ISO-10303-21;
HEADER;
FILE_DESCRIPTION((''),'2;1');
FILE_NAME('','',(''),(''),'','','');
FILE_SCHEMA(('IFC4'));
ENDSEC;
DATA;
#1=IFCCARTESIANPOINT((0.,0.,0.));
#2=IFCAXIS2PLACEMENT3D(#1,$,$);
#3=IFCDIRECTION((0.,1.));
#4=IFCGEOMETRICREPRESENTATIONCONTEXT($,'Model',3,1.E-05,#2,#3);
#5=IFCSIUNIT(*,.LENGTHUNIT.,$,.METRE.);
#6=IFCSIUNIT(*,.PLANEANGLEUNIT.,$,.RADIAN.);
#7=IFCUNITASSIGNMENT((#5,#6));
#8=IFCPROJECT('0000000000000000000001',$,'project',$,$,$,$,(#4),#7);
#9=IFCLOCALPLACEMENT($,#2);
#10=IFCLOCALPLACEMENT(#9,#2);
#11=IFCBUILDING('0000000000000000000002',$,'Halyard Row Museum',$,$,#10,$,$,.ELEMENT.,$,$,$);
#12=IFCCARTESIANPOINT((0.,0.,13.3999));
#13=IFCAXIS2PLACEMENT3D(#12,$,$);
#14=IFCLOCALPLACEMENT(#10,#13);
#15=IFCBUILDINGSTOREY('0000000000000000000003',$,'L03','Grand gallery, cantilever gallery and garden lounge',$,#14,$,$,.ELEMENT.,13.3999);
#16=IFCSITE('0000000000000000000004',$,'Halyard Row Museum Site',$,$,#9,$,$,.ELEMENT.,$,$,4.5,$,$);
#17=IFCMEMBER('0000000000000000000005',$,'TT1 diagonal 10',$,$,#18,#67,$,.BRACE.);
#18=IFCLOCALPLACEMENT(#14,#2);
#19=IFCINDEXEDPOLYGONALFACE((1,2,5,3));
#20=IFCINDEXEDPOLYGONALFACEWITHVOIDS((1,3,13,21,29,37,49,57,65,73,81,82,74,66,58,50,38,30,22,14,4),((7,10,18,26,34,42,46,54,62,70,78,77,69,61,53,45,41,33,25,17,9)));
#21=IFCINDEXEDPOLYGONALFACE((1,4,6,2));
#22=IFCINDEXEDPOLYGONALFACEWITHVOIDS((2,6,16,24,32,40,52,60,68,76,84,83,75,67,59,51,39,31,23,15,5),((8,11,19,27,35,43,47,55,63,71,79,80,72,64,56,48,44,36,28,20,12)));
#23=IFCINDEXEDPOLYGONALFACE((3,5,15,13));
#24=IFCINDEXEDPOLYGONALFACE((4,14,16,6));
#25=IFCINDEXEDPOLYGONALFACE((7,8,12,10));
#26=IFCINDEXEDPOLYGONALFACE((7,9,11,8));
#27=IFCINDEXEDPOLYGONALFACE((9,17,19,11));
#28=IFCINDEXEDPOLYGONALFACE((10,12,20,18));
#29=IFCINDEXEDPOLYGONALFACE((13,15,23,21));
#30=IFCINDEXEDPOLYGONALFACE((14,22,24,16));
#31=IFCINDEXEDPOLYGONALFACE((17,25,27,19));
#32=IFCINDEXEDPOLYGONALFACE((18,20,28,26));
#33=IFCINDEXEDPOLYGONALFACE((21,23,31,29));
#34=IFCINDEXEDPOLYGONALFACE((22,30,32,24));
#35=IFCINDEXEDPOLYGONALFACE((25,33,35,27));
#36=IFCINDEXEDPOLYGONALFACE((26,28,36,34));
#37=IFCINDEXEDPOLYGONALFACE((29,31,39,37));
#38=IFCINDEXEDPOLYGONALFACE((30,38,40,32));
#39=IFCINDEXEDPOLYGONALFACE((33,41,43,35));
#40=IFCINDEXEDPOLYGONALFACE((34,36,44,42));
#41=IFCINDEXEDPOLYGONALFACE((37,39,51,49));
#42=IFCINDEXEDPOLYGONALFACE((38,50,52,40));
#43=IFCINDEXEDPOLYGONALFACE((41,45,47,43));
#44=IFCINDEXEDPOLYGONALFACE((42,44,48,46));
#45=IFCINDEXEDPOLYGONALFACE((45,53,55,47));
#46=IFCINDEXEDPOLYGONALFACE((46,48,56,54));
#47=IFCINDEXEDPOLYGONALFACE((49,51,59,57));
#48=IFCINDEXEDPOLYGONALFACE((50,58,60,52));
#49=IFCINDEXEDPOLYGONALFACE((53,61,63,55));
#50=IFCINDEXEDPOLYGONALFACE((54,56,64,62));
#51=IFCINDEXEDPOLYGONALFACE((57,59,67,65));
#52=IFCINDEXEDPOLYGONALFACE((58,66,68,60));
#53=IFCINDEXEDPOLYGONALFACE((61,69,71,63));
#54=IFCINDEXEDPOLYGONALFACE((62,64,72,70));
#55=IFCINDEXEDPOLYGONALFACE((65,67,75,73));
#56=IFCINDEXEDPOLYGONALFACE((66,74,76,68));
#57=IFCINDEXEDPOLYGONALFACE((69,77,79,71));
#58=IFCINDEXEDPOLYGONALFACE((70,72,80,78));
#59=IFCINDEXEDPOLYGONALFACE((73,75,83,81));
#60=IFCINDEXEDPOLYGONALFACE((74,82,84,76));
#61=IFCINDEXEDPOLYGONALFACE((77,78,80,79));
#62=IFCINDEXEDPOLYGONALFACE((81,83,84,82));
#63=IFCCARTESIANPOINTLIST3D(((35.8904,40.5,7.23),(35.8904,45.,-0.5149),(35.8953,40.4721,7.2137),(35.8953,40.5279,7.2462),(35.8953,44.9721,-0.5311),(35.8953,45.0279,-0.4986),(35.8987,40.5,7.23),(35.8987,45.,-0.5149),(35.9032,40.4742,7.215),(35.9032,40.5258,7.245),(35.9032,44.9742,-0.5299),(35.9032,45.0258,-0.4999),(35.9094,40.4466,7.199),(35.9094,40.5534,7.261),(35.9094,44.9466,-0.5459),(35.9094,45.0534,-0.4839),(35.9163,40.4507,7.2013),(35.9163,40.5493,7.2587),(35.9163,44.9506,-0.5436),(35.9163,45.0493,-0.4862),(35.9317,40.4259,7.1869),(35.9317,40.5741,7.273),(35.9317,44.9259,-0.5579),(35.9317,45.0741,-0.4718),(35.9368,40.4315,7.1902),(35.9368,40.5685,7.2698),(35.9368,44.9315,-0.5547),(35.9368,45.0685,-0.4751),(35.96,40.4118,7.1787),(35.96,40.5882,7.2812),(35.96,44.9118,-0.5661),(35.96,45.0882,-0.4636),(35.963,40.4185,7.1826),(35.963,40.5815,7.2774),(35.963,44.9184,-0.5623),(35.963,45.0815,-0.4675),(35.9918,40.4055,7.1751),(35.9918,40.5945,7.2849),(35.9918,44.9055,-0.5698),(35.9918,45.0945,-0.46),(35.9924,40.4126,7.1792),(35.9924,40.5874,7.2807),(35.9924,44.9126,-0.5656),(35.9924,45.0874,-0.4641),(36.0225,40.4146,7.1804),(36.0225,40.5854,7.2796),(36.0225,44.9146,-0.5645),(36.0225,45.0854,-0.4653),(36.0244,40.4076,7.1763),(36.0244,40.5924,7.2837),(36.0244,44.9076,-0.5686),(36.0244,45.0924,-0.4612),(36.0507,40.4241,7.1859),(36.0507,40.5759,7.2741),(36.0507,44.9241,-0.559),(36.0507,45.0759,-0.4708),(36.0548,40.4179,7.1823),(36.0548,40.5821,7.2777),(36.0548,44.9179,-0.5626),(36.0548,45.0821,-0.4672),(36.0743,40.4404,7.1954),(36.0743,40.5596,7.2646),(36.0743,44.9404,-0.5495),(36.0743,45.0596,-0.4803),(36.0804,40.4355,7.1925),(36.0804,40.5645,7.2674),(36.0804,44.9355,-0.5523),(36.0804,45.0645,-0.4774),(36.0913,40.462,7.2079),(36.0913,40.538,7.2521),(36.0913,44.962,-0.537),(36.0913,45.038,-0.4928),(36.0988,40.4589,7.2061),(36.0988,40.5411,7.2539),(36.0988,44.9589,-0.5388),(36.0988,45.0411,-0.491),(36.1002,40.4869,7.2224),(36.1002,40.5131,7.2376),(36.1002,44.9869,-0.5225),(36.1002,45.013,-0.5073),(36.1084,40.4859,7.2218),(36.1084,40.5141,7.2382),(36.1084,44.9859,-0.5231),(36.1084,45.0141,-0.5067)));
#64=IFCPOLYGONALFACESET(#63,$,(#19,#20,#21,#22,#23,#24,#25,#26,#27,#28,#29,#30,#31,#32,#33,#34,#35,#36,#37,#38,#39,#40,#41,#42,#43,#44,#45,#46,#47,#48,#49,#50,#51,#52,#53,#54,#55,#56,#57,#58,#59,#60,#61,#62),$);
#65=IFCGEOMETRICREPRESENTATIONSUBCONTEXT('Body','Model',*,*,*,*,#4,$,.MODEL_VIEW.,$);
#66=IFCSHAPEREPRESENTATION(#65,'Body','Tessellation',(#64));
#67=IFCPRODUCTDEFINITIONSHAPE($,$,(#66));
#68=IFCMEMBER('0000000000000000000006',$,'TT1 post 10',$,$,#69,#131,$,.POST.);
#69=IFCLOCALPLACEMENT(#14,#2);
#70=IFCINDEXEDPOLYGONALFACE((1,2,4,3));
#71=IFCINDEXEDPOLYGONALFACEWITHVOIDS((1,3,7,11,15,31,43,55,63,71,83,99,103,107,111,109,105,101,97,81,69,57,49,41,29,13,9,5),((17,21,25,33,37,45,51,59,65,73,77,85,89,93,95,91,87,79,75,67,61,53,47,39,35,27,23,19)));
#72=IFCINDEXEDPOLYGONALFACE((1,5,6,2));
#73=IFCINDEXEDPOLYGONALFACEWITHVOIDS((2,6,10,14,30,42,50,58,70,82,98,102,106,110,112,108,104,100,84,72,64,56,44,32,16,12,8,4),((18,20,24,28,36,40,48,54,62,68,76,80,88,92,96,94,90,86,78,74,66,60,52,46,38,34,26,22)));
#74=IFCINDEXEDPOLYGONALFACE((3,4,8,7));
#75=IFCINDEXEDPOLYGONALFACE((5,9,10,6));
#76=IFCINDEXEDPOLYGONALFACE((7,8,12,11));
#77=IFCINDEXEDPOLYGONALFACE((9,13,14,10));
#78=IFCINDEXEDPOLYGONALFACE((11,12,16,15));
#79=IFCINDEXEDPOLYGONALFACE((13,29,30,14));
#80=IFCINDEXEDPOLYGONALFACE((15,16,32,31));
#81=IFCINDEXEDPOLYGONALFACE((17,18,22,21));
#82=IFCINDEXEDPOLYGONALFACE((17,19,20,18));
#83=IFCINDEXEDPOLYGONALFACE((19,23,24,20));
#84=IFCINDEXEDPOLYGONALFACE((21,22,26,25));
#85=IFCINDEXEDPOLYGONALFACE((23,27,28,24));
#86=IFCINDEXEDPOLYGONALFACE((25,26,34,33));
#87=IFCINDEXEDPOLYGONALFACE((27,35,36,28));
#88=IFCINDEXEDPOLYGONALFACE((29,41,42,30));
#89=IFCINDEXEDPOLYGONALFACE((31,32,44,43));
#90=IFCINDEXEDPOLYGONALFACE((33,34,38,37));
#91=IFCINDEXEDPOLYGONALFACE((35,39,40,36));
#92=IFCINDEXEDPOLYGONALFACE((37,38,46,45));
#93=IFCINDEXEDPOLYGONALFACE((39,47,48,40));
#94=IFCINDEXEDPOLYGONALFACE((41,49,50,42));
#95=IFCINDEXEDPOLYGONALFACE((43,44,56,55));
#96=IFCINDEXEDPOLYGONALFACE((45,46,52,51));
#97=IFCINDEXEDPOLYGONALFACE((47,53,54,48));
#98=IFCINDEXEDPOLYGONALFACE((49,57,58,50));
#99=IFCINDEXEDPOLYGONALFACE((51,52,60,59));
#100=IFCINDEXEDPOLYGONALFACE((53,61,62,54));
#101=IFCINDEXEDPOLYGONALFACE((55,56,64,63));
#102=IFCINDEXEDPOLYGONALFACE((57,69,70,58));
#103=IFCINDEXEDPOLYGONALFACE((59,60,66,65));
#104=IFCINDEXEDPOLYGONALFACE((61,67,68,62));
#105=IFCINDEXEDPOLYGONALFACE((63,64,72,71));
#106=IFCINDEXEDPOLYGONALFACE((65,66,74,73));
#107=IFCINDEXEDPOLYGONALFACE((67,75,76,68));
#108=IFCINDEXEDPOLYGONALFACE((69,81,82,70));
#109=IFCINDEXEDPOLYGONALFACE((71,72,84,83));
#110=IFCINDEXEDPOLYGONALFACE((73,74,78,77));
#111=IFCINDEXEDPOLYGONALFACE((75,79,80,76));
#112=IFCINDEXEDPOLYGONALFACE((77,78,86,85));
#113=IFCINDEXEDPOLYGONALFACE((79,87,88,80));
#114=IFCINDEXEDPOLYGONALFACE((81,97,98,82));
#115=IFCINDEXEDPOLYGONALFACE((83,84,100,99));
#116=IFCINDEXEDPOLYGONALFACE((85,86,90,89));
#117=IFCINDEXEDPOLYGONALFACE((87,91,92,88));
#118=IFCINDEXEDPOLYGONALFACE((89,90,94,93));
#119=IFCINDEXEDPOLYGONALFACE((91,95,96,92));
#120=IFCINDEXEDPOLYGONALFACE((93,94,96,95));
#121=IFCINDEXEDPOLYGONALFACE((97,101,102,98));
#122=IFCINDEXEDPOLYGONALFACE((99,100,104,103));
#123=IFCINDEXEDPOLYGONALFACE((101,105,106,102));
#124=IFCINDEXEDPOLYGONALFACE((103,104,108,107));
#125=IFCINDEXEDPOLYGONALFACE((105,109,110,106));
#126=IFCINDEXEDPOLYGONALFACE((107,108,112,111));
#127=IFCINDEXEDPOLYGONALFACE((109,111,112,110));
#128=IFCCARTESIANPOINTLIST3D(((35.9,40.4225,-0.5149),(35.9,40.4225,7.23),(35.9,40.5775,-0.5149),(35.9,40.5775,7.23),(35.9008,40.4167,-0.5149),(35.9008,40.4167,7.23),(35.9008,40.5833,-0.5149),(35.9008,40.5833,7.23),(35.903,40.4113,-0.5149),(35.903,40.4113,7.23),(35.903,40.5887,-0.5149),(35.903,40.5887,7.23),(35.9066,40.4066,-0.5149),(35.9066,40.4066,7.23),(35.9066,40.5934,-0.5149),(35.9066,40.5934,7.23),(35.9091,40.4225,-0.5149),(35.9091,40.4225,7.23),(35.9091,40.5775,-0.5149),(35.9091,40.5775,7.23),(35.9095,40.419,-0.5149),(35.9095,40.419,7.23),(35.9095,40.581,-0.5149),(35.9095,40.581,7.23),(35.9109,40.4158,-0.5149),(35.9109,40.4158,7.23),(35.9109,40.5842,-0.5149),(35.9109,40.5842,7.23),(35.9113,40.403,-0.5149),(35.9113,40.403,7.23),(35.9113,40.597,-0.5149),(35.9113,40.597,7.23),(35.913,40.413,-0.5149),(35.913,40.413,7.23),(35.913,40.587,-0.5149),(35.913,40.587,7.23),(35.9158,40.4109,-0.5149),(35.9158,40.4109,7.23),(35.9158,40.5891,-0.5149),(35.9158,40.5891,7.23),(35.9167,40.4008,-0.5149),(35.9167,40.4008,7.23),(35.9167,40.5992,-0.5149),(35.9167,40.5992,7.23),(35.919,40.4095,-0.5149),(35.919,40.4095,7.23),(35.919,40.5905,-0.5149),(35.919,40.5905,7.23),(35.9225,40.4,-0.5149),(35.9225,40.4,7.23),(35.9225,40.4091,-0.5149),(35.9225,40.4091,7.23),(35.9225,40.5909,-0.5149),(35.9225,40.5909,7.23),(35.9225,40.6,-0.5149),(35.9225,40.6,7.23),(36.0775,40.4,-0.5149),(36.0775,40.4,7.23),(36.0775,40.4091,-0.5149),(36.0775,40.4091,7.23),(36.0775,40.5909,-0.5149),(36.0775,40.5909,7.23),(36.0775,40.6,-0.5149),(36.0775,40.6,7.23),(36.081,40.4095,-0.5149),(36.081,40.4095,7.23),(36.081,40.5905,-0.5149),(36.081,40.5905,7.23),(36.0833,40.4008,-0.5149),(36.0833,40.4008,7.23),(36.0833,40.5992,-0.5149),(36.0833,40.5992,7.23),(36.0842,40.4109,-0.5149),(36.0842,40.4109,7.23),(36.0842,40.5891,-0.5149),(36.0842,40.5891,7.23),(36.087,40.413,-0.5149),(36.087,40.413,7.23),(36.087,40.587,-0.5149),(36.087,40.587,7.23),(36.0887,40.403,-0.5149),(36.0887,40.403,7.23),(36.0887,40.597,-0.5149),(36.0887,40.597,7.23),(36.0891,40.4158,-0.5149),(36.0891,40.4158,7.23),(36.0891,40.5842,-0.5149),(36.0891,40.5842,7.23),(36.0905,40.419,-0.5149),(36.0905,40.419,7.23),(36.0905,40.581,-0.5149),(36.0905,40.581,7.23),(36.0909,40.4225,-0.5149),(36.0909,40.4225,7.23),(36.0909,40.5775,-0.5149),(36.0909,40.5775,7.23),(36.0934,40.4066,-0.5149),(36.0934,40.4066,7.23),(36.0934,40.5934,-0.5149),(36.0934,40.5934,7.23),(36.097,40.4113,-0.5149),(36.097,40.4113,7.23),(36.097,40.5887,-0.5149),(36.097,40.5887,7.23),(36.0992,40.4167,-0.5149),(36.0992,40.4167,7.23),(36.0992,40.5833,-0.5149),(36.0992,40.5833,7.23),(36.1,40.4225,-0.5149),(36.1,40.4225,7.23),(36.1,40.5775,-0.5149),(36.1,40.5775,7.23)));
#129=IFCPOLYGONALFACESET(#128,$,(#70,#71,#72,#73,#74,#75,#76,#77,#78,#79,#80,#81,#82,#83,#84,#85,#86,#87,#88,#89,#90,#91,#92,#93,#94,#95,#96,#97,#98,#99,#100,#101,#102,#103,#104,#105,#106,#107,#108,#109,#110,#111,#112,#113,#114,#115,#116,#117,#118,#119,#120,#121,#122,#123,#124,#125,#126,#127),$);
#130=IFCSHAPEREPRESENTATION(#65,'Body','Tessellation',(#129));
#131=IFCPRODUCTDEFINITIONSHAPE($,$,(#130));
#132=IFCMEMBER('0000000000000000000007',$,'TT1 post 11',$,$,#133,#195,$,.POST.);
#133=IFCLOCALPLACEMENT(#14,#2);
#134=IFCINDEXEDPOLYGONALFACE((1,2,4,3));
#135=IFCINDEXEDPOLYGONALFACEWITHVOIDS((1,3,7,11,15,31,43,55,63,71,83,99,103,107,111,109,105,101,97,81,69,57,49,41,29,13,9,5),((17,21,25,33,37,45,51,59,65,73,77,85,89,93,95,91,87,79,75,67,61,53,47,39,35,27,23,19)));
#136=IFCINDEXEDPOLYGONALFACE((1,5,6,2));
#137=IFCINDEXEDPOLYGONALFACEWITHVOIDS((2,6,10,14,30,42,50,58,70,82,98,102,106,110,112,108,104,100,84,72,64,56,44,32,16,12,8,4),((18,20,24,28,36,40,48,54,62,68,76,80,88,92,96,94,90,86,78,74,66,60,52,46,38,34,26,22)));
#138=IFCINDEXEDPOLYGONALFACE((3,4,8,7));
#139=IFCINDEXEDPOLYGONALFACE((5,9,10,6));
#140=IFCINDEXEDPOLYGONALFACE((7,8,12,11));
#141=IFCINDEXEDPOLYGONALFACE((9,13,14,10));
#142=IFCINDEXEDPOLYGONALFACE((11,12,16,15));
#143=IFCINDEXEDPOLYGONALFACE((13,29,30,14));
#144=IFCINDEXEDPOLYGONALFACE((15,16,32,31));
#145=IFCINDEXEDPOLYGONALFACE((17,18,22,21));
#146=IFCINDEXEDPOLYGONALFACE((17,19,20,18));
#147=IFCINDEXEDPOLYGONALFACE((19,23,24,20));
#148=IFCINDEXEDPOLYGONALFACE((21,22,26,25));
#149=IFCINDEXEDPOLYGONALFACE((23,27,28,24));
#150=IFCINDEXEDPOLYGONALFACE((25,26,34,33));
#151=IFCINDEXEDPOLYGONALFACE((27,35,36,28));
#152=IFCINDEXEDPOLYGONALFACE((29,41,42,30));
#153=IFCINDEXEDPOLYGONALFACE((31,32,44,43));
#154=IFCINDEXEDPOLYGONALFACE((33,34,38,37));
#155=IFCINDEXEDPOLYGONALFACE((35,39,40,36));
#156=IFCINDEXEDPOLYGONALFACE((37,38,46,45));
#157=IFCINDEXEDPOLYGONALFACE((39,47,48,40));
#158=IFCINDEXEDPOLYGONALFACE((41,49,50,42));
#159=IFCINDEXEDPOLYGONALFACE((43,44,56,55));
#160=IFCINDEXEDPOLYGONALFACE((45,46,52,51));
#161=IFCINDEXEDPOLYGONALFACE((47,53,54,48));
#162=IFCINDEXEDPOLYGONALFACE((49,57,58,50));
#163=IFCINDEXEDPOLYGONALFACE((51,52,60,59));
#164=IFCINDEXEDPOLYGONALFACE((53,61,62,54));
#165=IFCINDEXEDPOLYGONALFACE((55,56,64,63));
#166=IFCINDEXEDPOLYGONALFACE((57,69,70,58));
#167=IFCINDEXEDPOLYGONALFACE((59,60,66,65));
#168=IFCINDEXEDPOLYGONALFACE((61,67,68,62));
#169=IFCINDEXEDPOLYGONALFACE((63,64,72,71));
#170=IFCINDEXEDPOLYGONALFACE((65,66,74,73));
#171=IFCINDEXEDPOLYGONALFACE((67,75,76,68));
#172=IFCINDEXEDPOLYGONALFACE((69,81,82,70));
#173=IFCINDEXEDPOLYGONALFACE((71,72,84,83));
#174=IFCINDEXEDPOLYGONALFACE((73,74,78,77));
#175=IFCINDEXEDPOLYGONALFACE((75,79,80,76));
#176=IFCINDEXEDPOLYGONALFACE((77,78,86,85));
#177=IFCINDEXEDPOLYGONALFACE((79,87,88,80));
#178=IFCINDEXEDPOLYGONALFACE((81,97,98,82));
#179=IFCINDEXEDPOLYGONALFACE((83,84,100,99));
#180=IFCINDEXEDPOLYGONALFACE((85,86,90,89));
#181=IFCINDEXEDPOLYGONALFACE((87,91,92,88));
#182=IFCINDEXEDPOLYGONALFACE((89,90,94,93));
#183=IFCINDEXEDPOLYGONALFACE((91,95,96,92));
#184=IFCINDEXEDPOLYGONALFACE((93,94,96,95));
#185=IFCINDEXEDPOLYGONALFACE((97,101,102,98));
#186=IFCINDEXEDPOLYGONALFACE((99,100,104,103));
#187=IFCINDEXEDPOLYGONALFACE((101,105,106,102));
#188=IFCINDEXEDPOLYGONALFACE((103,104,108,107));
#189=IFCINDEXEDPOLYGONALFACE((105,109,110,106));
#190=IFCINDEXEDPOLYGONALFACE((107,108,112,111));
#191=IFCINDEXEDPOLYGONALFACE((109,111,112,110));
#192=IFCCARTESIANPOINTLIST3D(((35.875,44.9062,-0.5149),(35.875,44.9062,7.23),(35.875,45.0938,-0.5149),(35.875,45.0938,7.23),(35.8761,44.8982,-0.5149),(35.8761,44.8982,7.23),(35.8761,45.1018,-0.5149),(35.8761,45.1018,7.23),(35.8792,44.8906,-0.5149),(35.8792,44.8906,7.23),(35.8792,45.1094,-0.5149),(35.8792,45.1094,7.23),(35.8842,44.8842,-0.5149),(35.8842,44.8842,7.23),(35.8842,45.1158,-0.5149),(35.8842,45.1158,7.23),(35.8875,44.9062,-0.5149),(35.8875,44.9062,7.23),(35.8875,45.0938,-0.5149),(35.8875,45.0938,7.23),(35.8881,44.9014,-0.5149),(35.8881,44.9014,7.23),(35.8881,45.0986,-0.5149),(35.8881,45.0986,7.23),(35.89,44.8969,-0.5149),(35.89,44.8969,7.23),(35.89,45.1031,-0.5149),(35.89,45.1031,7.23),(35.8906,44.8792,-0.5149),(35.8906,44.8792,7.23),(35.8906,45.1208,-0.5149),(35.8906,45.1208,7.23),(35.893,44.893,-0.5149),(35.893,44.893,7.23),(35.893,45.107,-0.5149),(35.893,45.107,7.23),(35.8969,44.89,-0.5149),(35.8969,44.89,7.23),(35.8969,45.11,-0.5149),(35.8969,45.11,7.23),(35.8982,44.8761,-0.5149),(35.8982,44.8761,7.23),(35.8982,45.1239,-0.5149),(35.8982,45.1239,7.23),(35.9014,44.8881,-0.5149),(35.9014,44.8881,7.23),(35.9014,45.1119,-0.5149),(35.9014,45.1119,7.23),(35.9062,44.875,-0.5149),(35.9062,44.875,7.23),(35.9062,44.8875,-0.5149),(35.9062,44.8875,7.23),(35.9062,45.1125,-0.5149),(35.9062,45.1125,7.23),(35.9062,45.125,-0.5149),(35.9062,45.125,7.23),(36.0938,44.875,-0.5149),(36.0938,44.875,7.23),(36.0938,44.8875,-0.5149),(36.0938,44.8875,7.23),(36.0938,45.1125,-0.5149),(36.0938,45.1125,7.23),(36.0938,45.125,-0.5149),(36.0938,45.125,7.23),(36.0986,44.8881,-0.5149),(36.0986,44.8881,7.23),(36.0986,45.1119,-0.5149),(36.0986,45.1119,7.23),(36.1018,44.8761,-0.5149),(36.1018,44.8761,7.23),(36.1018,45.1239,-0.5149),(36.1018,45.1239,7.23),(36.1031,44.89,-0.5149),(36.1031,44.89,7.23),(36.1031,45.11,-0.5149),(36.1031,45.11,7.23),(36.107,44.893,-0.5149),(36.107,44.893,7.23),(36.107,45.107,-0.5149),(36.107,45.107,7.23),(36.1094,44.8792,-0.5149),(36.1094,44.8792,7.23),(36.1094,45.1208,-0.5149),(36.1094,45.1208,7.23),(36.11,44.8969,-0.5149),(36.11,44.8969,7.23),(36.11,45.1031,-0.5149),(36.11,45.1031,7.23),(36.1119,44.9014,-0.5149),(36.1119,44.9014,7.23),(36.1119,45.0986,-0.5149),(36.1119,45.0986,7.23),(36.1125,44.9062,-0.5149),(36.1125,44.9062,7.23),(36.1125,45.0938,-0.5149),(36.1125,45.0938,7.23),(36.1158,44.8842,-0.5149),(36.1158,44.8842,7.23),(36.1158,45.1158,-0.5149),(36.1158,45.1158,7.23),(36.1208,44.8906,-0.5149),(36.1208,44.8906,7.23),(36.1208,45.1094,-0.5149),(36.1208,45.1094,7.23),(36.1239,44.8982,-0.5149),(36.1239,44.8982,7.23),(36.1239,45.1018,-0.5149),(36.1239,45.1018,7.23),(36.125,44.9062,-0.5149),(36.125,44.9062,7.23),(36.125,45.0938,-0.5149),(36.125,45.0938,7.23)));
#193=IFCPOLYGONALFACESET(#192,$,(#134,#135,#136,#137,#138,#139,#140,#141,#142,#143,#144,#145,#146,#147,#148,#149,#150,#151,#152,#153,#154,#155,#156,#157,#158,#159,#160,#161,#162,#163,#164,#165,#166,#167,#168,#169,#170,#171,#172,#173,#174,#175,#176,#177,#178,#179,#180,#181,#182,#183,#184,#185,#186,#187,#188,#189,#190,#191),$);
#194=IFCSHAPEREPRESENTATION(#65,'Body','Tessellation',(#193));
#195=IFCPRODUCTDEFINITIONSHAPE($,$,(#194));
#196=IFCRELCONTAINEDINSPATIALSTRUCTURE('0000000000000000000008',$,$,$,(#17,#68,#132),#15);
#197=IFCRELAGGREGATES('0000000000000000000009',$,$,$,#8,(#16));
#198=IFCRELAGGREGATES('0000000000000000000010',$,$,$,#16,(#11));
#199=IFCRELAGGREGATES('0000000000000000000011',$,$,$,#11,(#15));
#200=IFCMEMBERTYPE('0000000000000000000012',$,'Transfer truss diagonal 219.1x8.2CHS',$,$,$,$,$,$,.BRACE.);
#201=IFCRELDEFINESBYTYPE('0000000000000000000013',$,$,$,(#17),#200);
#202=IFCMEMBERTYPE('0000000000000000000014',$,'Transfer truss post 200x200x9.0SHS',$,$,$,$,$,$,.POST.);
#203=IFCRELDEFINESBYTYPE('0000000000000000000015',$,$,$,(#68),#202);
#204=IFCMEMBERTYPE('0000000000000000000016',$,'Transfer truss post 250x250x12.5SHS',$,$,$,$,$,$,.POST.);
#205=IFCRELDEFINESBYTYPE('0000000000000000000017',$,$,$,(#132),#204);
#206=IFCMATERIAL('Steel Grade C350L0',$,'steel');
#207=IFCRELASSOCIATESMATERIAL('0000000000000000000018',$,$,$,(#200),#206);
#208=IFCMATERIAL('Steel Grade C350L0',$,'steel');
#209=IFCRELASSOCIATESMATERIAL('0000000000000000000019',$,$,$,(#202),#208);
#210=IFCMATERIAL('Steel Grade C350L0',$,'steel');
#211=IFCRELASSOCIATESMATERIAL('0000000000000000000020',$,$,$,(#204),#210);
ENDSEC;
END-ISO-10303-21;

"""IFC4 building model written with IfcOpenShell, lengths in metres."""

from ifc_helpers import new_model, si_unit, direction, frame, origin, origin_2d, place, context, subcontext, project, spatial, hollow_rectangle, hollow_circle, extrude, material, material_profile, profile_set, type_object, element, save


model = new_model("IFC4")

# Units and contexts
model_context = context("Model", 3, precision=1e-05, world=origin(), true_north=direction((0.0, 1.0)))
body_context = subcontext(model_context, "Body", "Model", "MODEL_VIEW")
ifc_project = project(units=[si_unit("LENGTHUNIT", "METRE"), si_unit("PLANEANGLEUNIT", "RADIAN")], contexts=[model_context])

# Site, building, storey
site_placement = place(None, origin())
site = spatial("IfcSite", under=ifc_project, at=site_placement, Name="Halyard Row Museum Site", CompositionType="ELEMENT", RefElevation=4.5)
building_placement = place(site_placement, origin())
building = spatial("IfcBuilding", under=site, at=building_placement, Name="Halyard Row Museum", CompositionType="ELEMENT")
storey_placement = place(building_placement, frame((0.0, 0.0, 13.3999)))
storey = spatial("IfcBuildingStorey", under=building, at=storey_placement, Name="L03", Description="Grand gallery, cantilever gallery and garden lounge", CompositionType="ELEMENT", Elevation=13.3999)

# Members
ifc_material_1 = material(Name="Steel Grade C350L0", Category="steel")
ifc_material_profile_1 = material_profile(ifc_material_1, hollow_circle(Radius=0.1096, WallThickness=0.0083, at=origin_2d()), Name="219.1x8.2CHS")
ifc_profile_set_1 = profile_set([ifc_material_profile_1], Name="Steel Grade C350L0")
member_type_1 = type_object("IfcMemberType", Name="Transfer truss diagonal 219.1x8.2CHS", PredefinedType="BRACE", material=ifc_profile_set_1)
member_1_placement = place(storey_placement, frame((36.0, 40.5, 7.23), z_axis=(0.0, 0.502384, -0.864645), x_axis=(-1.0, 0.0, 0.0)))
element("IfcMember", 1, at=member_1_placement, inside=storey, type_object=member_type_1, Name="TT1 diagonal 10", PredefinedType="BRACE", context=body_context, shape_type="SweptSolid", body=[
    extrude(hollow_circle(Radius=0.1096, WallThickness=0.0083, at=origin_2d()), origin(), (0.0, 0.0, 1.0), 8.9573),
])
ifc_material_2 = material(Name="Steel Grade C350L0", Category="steel")
ifc_material_profile_2 = material_profile(ifc_material_2, hollow_rectangle(XDim=0.2, YDim=0.2, WallThickness=0.009, InnerFilletRadius=0.0134, OuterFilletRadius=0.0225, at=origin_2d()), Name="200x200x9.0SHS")
ifc_profile_set_2 = profile_set([ifc_material_profile_2], Name="Steel Grade C350L0")
member_type_2 = type_object("IfcMemberType", Name="Transfer truss post 200x200x9.0SHS", PredefinedType="POST", material=ifc_profile_set_2)
member_2_placement = place(storey_placement, frame((36.0, 40.5, -0.5149), z_axis=(0.0, 0.0, 1.0), x_axis=(1.0, 0.0, 0.0)))
element("IfcMember", 2, at=member_2_placement, inside=storey, type_object=member_type_2, Name="TT1 post 10", PredefinedType="POST", context=body_context, shape_type="SweptSolid", body=[
    extrude(hollow_rectangle(XDim=0.2, YDim=0.2, WallThickness=0.009, InnerFilletRadius=0.0134, OuterFilletRadius=0.0225, at=origin_2d()), origin(), (0.0, 0.0, 1.0), 7.7449),
])
ifc_material_3 = material(Name="Steel Grade C350L0", Category="steel")
ifc_material_profile_3 = material_profile(ifc_material_3, hollow_rectangle(XDim=0.25, YDim=0.25, WallThickness=0.0125, InnerFilletRadius=0.0188, OuterFilletRadius=0.0312, at=origin_2d()), Name="250x250x12.5SHS")
ifc_profile_set_3 = profile_set([ifc_material_profile_3], Name="Steel Grade C350L0")
member_type_3 = type_object("IfcMemberType", Name="Transfer truss post 250x250x12.5SHS", PredefinedType="POST", material=ifc_profile_set_3)
member_3_placement = place(storey_placement, frame((36.0, 45.0, -0.5149), z_axis=(0.0, 0.0, 1.0), x_axis=(1.0, 0.0, 0.0)))
element("IfcMember", 3, at=member_3_placement, inside=storey, type_object=member_type_3, Name="TT1 post 11", PredefinedType="POST", context=body_context, shape_type="SweptSolid", body=[
    extrude(hollow_rectangle(XDim=0.25, YDim=0.25, WallThickness=0.0125, InnerFilletRadius=0.0188, OuterFilletRadius=0.0312, at=origin_2d()), origin(), (0.0, 0.0, 1.0), 7.7449),
])

save(model, "model.ifc")
